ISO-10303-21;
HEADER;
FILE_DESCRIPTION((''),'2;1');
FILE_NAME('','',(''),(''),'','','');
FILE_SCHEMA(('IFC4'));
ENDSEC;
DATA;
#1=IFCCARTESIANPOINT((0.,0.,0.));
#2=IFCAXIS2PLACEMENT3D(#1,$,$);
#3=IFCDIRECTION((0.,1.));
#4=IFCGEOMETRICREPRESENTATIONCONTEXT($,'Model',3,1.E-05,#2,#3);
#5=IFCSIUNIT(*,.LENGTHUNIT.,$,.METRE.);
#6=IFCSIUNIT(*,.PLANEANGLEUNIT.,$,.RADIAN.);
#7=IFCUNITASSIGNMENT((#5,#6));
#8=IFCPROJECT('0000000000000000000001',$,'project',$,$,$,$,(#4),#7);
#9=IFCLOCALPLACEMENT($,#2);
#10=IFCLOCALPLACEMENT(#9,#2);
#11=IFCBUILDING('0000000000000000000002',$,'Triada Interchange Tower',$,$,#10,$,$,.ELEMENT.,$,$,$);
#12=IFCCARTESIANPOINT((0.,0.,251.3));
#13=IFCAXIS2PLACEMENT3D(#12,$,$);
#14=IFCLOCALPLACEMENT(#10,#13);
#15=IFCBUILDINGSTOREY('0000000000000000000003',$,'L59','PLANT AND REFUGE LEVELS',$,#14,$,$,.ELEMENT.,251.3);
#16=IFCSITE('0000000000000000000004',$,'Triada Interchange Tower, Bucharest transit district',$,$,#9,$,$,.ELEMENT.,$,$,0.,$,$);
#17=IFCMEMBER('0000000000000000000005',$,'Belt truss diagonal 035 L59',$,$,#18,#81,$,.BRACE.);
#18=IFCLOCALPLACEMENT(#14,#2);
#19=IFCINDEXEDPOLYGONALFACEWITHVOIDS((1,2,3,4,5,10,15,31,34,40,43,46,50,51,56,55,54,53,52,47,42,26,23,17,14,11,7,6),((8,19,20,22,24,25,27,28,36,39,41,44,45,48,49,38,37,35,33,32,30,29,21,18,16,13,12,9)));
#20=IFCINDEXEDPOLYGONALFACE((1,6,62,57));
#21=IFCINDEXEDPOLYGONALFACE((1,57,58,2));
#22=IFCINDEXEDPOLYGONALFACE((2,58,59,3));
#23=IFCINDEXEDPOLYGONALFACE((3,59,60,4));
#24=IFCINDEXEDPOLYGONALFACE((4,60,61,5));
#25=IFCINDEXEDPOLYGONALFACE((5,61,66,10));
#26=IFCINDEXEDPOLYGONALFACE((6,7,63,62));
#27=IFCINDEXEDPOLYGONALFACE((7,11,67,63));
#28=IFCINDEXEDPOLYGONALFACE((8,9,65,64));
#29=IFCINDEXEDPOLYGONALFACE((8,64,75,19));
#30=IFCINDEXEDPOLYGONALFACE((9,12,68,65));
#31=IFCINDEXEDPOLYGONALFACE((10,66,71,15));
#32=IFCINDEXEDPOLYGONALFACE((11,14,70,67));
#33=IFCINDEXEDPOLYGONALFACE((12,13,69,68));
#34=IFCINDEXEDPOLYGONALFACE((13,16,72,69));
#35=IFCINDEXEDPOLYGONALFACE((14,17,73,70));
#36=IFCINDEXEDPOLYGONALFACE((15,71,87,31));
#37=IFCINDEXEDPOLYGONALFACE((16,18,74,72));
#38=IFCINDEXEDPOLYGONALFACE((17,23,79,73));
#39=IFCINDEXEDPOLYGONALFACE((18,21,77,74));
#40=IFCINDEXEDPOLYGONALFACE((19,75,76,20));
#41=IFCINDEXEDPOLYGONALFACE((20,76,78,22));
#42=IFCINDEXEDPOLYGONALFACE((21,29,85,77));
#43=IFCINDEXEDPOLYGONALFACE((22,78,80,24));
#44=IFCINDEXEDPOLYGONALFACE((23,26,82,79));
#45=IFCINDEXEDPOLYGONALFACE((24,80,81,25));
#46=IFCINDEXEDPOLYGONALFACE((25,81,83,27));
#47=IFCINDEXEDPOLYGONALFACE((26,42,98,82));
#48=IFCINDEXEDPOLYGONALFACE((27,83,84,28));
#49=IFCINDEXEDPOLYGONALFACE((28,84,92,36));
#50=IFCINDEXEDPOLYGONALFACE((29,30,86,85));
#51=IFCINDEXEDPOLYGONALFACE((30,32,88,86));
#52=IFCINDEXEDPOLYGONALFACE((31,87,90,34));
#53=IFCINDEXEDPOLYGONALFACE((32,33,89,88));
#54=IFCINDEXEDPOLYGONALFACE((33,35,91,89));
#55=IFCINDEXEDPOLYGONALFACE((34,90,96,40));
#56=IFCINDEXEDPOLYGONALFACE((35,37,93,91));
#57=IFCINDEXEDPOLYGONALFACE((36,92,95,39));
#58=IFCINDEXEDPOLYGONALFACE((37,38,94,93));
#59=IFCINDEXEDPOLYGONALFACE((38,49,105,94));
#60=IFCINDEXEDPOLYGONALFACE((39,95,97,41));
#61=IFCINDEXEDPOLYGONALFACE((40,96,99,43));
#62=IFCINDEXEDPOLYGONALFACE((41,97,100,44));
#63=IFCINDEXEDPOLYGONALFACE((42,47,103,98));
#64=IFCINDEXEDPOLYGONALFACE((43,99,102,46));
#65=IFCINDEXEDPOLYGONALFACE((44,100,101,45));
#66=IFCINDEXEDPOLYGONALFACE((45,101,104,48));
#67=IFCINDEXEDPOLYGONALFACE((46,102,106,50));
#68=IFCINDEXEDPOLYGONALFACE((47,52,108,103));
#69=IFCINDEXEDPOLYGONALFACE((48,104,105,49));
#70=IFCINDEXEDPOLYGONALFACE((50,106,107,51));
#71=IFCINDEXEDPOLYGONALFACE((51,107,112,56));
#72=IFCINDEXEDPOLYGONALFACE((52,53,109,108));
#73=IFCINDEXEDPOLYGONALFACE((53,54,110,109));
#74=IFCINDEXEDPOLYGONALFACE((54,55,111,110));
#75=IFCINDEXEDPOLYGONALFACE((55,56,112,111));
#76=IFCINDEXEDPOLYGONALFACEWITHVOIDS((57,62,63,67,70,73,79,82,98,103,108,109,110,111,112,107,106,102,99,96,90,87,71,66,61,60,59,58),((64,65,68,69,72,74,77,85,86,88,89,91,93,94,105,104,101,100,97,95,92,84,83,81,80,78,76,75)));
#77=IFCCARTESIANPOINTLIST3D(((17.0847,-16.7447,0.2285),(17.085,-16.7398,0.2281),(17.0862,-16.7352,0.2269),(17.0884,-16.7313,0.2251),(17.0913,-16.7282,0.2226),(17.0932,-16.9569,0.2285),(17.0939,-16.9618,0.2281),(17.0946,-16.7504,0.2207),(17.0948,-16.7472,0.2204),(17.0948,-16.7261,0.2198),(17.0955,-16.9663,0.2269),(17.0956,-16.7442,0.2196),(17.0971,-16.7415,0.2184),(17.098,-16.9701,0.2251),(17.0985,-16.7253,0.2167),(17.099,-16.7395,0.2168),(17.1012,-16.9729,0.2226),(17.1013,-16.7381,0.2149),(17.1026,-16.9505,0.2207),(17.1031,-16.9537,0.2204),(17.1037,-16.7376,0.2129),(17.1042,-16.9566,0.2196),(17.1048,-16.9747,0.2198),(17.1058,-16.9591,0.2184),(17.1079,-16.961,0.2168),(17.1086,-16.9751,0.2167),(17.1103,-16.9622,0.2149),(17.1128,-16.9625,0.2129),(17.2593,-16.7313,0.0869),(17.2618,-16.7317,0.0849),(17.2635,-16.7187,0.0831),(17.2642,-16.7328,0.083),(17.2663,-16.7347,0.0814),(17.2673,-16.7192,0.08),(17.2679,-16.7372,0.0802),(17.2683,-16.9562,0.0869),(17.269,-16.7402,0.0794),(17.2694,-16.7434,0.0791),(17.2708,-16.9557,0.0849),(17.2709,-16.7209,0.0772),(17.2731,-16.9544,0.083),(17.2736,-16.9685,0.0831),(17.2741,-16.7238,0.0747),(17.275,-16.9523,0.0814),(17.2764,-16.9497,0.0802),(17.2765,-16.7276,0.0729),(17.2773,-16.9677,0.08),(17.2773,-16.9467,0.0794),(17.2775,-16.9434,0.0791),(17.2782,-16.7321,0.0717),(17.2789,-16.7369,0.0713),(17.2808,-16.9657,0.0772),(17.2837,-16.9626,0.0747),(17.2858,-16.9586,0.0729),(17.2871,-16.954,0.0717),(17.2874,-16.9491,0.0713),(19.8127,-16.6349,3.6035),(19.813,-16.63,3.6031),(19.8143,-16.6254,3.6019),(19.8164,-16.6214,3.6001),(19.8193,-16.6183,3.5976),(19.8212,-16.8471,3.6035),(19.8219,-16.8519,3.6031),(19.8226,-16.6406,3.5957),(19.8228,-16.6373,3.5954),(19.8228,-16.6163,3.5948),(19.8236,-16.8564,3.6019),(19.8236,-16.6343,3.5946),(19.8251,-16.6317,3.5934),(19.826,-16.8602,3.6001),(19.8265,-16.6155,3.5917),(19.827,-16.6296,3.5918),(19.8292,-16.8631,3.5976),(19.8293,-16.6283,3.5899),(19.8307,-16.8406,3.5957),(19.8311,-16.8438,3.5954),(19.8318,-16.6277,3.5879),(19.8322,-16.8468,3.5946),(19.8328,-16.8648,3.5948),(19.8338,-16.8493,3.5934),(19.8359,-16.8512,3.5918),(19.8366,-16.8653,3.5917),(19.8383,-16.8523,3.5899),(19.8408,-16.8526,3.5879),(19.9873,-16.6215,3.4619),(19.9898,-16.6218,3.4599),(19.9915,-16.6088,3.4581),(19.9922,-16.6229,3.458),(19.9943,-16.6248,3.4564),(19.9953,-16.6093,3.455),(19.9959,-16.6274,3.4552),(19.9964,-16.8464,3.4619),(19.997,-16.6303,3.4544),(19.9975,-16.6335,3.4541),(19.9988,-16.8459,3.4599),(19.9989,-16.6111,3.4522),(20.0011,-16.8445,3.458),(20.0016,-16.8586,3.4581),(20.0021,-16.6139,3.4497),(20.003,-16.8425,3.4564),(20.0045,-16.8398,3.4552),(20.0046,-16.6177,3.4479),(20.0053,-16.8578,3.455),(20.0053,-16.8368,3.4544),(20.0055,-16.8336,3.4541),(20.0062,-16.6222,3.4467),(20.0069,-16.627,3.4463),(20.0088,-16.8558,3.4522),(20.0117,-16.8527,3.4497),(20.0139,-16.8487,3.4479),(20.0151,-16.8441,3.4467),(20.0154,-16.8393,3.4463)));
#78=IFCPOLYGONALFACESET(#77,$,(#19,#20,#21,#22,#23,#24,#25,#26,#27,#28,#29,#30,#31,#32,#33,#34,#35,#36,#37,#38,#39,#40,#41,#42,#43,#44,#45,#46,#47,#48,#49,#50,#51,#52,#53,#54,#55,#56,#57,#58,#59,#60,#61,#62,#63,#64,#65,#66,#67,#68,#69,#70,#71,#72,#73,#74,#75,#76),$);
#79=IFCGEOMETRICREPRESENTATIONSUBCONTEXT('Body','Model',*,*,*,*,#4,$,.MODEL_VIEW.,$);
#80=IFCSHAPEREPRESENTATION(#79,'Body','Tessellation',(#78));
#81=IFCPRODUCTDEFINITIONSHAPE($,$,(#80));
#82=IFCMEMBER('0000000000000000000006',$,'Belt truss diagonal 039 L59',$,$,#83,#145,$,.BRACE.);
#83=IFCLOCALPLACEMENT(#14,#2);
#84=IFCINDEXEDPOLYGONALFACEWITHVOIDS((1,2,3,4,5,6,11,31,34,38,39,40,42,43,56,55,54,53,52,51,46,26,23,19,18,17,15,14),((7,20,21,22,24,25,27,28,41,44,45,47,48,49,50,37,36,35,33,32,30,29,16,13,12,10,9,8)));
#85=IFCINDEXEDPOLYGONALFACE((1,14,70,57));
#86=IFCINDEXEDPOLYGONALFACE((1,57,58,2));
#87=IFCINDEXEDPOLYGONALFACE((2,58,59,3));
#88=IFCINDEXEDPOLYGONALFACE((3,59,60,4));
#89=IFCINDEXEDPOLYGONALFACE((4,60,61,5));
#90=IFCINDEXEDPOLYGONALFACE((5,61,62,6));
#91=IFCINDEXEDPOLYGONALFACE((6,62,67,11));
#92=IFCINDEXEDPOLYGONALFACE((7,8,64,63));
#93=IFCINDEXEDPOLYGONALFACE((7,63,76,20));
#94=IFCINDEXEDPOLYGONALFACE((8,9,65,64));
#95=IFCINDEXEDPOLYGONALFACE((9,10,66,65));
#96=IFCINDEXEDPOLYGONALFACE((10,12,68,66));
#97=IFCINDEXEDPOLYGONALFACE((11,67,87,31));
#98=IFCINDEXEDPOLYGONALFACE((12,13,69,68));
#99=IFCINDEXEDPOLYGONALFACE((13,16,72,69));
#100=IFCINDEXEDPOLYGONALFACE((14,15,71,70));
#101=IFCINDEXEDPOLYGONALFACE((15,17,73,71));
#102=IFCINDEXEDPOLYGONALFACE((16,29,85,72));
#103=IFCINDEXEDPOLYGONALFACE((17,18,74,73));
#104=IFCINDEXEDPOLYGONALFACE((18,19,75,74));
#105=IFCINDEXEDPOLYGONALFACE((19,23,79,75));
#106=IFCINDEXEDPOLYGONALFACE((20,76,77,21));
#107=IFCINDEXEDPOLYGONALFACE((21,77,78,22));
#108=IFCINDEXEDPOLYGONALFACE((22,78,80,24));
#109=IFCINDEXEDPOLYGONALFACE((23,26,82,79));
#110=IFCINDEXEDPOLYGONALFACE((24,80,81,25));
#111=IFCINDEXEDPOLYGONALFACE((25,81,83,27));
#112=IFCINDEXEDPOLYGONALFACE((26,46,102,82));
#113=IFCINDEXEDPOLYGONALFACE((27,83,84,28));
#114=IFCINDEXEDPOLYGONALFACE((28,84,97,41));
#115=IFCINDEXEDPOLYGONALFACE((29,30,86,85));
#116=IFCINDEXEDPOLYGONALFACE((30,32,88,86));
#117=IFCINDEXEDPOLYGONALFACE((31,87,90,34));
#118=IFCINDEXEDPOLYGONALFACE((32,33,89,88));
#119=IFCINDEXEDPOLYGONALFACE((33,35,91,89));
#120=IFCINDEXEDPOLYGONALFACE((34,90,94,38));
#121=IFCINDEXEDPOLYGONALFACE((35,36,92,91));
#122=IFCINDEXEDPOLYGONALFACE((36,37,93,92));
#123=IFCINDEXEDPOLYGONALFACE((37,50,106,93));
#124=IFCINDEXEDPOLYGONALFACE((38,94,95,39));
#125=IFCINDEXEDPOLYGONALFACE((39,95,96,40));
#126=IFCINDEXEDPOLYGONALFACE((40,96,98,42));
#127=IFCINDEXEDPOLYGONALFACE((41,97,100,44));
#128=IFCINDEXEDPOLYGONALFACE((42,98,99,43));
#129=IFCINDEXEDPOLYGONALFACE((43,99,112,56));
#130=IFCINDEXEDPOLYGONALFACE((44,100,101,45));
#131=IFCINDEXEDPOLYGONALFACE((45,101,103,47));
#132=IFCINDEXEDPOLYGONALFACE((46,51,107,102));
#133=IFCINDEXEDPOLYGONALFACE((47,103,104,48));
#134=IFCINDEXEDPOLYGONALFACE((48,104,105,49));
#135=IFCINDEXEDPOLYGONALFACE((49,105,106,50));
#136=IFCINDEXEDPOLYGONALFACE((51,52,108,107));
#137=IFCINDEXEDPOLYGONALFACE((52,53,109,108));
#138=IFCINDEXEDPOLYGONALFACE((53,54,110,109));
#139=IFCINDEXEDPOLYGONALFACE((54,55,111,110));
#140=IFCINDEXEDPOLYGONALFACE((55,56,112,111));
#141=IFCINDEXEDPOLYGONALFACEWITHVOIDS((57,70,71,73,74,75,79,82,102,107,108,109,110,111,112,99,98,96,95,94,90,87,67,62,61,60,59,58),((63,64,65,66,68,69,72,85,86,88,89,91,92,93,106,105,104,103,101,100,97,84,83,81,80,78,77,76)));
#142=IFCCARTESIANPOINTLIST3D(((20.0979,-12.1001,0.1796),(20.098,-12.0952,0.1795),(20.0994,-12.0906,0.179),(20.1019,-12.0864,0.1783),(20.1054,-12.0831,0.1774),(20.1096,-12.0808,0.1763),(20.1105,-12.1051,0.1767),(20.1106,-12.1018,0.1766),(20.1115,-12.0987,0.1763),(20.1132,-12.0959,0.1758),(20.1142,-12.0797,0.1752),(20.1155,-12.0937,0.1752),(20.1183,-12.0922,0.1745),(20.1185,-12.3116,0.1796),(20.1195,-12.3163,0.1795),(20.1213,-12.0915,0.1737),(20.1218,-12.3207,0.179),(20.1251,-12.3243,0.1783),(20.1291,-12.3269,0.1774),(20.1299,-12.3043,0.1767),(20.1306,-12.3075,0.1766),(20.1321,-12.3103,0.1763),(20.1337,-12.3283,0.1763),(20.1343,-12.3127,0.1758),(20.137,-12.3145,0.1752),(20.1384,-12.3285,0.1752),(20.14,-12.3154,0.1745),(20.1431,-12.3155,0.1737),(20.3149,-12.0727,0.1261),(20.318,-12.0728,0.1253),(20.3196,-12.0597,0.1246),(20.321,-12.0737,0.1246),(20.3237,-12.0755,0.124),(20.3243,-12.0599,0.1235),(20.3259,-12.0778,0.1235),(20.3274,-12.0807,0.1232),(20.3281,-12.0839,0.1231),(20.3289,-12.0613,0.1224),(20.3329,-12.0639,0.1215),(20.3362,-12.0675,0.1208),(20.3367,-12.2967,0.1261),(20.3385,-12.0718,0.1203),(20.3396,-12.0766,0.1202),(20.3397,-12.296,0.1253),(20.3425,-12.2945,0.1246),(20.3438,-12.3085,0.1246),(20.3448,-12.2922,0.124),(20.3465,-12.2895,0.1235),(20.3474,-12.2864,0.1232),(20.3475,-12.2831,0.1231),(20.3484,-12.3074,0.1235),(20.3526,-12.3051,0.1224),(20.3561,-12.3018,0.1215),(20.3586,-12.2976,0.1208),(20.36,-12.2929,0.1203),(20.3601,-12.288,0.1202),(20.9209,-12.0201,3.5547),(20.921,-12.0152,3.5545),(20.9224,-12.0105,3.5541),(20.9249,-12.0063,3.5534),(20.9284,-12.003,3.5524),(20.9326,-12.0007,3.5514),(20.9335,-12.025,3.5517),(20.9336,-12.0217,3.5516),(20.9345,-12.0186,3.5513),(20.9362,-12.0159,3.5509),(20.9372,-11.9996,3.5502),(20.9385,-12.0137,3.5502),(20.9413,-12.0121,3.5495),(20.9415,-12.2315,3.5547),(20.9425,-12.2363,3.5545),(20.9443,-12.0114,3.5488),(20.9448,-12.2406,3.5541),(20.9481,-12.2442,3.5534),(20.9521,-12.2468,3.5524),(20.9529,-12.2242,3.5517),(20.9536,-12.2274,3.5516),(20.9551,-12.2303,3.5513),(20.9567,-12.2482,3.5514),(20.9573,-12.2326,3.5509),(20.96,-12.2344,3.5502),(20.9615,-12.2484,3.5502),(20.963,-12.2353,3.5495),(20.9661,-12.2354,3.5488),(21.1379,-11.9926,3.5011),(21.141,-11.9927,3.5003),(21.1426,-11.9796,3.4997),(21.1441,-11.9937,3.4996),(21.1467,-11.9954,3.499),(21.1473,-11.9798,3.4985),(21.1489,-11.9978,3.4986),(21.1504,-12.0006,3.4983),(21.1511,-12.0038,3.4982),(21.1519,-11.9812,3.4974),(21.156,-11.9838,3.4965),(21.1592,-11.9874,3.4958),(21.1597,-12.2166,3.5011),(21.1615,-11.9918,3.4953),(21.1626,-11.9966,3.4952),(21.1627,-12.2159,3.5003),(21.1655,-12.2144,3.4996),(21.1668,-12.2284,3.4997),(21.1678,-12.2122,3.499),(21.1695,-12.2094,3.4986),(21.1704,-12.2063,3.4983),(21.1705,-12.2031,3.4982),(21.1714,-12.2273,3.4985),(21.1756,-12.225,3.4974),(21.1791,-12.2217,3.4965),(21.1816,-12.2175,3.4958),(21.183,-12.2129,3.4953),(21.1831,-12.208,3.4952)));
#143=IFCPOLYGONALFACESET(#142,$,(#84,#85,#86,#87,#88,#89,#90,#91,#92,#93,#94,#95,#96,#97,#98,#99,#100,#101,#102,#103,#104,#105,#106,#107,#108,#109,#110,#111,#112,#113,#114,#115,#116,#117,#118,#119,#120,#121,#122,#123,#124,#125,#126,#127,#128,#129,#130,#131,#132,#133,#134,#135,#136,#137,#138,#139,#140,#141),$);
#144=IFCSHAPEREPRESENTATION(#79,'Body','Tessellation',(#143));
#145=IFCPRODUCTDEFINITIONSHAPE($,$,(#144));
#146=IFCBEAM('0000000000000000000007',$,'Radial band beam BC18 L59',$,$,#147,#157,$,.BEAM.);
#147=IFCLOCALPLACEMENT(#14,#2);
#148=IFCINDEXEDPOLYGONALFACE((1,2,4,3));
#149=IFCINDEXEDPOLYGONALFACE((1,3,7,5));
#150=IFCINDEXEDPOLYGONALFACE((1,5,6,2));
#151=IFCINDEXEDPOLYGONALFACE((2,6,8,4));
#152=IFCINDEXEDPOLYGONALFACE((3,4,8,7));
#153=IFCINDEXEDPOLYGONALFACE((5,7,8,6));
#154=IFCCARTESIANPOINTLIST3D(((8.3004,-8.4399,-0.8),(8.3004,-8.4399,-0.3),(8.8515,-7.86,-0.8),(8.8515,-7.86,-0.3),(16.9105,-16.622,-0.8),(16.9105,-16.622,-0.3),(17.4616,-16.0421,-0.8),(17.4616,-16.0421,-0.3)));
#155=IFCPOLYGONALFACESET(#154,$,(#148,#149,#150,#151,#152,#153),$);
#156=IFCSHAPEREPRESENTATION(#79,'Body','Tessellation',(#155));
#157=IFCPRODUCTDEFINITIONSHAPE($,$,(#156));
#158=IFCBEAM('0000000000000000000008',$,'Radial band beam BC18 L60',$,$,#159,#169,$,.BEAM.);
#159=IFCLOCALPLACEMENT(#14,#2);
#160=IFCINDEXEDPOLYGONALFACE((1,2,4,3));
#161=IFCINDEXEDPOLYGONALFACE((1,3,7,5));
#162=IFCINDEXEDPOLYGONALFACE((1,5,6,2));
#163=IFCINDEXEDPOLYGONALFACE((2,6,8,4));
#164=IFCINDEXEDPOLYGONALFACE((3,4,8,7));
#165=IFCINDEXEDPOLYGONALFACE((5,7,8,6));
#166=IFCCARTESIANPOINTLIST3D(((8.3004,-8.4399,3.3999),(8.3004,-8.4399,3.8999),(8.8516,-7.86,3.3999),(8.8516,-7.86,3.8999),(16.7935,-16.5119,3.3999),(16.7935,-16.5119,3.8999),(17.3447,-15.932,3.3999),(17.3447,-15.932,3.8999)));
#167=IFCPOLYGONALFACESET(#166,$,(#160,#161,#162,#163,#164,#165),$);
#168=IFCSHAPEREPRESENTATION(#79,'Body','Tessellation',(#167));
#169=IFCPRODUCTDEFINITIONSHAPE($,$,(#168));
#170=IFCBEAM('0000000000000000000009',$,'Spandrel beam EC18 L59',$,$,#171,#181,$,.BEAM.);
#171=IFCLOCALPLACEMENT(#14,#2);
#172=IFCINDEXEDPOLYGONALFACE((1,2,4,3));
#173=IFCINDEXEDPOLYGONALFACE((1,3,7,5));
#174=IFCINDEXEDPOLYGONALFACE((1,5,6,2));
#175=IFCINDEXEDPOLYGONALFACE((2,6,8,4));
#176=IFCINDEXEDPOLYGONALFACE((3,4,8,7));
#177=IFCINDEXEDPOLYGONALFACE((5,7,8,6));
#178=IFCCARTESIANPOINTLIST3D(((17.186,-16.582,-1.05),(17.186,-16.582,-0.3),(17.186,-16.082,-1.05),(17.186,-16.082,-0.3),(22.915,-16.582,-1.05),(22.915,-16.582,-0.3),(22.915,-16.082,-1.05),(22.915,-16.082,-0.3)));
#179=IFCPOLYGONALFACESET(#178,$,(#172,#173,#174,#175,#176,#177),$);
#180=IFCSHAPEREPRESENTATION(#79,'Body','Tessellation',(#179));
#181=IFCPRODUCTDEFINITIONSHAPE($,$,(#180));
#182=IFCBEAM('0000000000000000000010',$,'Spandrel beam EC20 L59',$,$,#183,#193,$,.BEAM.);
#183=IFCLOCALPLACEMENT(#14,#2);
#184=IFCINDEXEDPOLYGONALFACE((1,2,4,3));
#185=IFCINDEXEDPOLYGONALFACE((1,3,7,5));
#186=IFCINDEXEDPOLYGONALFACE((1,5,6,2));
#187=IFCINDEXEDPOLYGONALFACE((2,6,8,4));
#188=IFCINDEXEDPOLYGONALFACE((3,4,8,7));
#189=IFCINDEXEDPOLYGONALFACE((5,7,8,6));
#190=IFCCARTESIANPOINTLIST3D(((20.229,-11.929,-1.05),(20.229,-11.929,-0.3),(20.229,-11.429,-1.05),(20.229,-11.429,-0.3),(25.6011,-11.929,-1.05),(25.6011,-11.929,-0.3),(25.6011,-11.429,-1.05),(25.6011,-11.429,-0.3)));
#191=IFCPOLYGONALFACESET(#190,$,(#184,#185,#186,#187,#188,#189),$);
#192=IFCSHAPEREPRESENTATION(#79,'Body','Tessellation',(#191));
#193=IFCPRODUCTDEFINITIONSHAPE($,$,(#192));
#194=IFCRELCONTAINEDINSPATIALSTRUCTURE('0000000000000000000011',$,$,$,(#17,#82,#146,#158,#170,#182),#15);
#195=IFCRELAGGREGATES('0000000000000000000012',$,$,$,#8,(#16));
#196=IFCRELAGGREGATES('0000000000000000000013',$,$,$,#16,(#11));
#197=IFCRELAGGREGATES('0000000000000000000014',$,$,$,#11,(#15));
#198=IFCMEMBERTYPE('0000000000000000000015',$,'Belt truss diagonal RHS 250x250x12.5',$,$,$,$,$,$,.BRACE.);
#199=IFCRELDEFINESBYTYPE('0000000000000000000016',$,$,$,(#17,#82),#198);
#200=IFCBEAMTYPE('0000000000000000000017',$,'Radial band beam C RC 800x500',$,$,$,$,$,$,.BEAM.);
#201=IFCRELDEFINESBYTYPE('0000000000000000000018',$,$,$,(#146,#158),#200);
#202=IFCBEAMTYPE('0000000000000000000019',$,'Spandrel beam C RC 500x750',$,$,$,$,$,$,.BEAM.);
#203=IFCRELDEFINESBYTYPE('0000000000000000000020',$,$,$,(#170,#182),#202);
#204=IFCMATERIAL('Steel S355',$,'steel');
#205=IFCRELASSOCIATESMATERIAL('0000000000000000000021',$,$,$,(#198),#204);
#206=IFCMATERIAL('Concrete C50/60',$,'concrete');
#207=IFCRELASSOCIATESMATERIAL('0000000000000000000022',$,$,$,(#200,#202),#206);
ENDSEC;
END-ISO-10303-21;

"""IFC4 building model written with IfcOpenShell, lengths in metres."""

from ifc_helpers import new_model, si_unit, direction, frame, origin, origin_2d, place, context, subcontext, project, spatial, rectangle, hollow_rectangle, extrude, material, material_profile, profile_set, type_object, element, save


model = new_model("IFC4")

# Units and contexts
model_context = context("Model", 3, precision=1e-05, world=origin(), true_north=direction((0.0, 1.0)))
body_context = subcontext(model_context, "Body", "Model", "MODEL_VIEW")
ifc_project = project(units=[si_unit("LENGTHUNIT", "METRE"), si_unit("PLANEANGLEUNIT", "RADIAN")], contexts=[model_context])

# Site, building, storey
site_placement = place(None, origin())
site = spatial("IfcSite", under=ifc_project, at=site_placement, Name="Triada Interchange Tower, Bucharest transit district", CompositionType="ELEMENT", RefElevation=0.0)
building_placement = place(site_placement, origin())
building = spatial("IfcBuilding", under=site, at=building_placement, Name="Triada Interchange Tower", CompositionType="ELEMENT")
storey_placement = place(building_placement, frame((0.0, 0.0, 251.3)))
storey = spatial("IfcBuildingStorey", under=building, at=storey_placement, Name="L59", Description="PLANT AND REFUGE LEVELS", CompositionType="ELEMENT", Elevation=251.3)

# Shared definitions
ifc_material_1 = material(Name="Concrete C50/60", Category="concrete")

# Members
ifc_material_2 = material(Name="Steel S355", Category="steel")
ifc_material_profile_1 = material_profile(ifc_material_2, hollow_rectangle(XDim=0.25, YDim=0.25, WallThickness=0.0125, InnerFilletRadius=0.0125, OuterFilletRadius=0.0188, at=origin_2d()), Name="RHS 250x250x12.5")
ifc_profile_set_1 = profile_set([ifc_material_profile_1], Name="Steel S355")
member_type = type_object("IfcMemberType", Name="Belt truss diagonal RHS 250x250x12.5", PredefinedType="BRACE", material=ifc_profile_set_1)
member_1_placement = place(storey_placement, frame((17.186, -16.8469, 0.1499), z_axis=(0.628424, 0.025308, 0.777459), x_axis=(-0.040239, 0.99919, 0.0)))
element("IfcMember", 1, at=member_1_placement, inside=storey, type_object=member_type, Name="Belt truss diagonal 035 L59", PredefinedType="BRACE", context=body_context, shape_type="SweptSolid", body=[
    extrude(hollow_rectangle(XDim=0.25, YDim=0.25, WallThickness=0.0125, InnerFilletRadius=0.0125, OuterFilletRadius=0.0188, at=origin_2d()), origin(), (0.0, 0.0, 1.0), 4.3411),
])
member_2_placement = place(storey_placement, frame((20.229, -12.1941, 0.1499), z_axis=(0.236846, 0.023045, 0.971274), x_axis=(-0.096843, 0.9953, 0.0)))
element("IfcMember", 2, at=member_2_placement, inside=storey, type_object=member_type, Name="Belt truss diagonal 039 L59", PredefinedType="BRACE", context=body_context, shape_type="SweptSolid", body=[
    extrude(hollow_rectangle(XDim=0.25, YDim=0.25, WallThickness=0.0125, InnerFilletRadius=0.0125, OuterFilletRadius=0.0188, at=origin_2d()), origin(), (0.0, 0.0, 1.0), 3.4749),
])

# Beams
ifc_material_profile_2 = material_profile(ifc_material_1, rectangle(XDim=0.8, YDim=0.5, at=origin_2d()), Name="RC 800x500")
ifc_profile_set_2 = profile_set([ifc_material_profile_2], Name="Concrete C50/60")
beam_type_1 = type_object("IfcBeamType", Name="Radial band beam C RC 800x500", PredefinedType="BEAM", material=ifc_profile_set_2)
beam_1_placement = place(storey_placement, frame((17.186, -16.332, -0.55), z_axis=(-0.724893, 0.688861, 0.0), x_axis=(-0.688861, -0.724893, 0.0)))
element("IfcBeam", 3, at=beam_1_placement, inside=storey, type_object=beam_type_1, Name="Radial band beam BC18 L59", PredefinedType="BEAM", context=body_context, shape_type="SweptSolid", body=[
    extrude(rectangle(XDim=0.8, YDim=0.5, at=origin_2d()), origin(), (0.0, 0.0, 1.0), 11.8777),
])
beam_2_placement = place(storey_placement, frame((17.0691, -16.2219, 3.6499), z_axis=(-0.72485, 0.688907, 0.0), x_axis=(-0.688907, -0.72485, 0.0)))
element("IfcBeam", 4, at=beam_2_placement, inside=storey, type_object=beam_type_1, Name="Radial band beam BC18 L60", PredefinedType="BEAM", context=body_context, shape_type="SweptSolid", body=[
    extrude(rectangle(XDim=0.8, YDim=0.5, at=origin_2d()), origin(), (0.0, 0.0, 1.0), 11.717),
])
ifc_material_profile_3 = material_profile(ifc_material_1, rectangle(XDim=0.5, YDim=0.75, at=origin_2d()), Name="RC 500x750")
ifc_profile_set_3 = profile_set([ifc_material_profile_3], Name="Concrete C50/60")
beam_type_2 = type_object("IfcBeamType", Name="Spandrel beam C RC 500x750", PredefinedType="BEAM", material=ifc_profile_set_3)
beam_3_placement = place(storey_placement, frame((17.186, -16.332, -0.675), z_axis=(1.0, 0.0, 0.0), x_axis=(0.0, 1.0, 0.0)))
element("IfcBeam", 5, at=beam_3_placement, inside=storey, type_object=beam_type_2, Name="Spandrel beam EC18 L59", PredefinedType="BEAM", context=body_context, shape_type="SweptSolid", body=[
    extrude(rectangle(XDim=0.5, YDim=0.75, at=origin_2d()), origin(), (0.0, 0.0, 1.0), 5.729),
])
beam_4_placement = place(storey_placement, frame((20.229, -11.679, -0.675), z_axis=(1.0, 0.0, 0.0), x_axis=(0.0, 1.0, 0.0)))
element("IfcBeam", 6, at=beam_4_placement, inside=storey, type_object=beam_type_2, Name="Spandrel beam EC20 L59", PredefinedType="BEAM", context=body_context, shape_type="SweptSolid", body=[
    extrude(rectangle(XDim=0.5, YDim=0.75, at=origin_2d()), origin(), (0.0, 0.0, 1.0), 5.3721),
])

save(model, "model.ifc")
